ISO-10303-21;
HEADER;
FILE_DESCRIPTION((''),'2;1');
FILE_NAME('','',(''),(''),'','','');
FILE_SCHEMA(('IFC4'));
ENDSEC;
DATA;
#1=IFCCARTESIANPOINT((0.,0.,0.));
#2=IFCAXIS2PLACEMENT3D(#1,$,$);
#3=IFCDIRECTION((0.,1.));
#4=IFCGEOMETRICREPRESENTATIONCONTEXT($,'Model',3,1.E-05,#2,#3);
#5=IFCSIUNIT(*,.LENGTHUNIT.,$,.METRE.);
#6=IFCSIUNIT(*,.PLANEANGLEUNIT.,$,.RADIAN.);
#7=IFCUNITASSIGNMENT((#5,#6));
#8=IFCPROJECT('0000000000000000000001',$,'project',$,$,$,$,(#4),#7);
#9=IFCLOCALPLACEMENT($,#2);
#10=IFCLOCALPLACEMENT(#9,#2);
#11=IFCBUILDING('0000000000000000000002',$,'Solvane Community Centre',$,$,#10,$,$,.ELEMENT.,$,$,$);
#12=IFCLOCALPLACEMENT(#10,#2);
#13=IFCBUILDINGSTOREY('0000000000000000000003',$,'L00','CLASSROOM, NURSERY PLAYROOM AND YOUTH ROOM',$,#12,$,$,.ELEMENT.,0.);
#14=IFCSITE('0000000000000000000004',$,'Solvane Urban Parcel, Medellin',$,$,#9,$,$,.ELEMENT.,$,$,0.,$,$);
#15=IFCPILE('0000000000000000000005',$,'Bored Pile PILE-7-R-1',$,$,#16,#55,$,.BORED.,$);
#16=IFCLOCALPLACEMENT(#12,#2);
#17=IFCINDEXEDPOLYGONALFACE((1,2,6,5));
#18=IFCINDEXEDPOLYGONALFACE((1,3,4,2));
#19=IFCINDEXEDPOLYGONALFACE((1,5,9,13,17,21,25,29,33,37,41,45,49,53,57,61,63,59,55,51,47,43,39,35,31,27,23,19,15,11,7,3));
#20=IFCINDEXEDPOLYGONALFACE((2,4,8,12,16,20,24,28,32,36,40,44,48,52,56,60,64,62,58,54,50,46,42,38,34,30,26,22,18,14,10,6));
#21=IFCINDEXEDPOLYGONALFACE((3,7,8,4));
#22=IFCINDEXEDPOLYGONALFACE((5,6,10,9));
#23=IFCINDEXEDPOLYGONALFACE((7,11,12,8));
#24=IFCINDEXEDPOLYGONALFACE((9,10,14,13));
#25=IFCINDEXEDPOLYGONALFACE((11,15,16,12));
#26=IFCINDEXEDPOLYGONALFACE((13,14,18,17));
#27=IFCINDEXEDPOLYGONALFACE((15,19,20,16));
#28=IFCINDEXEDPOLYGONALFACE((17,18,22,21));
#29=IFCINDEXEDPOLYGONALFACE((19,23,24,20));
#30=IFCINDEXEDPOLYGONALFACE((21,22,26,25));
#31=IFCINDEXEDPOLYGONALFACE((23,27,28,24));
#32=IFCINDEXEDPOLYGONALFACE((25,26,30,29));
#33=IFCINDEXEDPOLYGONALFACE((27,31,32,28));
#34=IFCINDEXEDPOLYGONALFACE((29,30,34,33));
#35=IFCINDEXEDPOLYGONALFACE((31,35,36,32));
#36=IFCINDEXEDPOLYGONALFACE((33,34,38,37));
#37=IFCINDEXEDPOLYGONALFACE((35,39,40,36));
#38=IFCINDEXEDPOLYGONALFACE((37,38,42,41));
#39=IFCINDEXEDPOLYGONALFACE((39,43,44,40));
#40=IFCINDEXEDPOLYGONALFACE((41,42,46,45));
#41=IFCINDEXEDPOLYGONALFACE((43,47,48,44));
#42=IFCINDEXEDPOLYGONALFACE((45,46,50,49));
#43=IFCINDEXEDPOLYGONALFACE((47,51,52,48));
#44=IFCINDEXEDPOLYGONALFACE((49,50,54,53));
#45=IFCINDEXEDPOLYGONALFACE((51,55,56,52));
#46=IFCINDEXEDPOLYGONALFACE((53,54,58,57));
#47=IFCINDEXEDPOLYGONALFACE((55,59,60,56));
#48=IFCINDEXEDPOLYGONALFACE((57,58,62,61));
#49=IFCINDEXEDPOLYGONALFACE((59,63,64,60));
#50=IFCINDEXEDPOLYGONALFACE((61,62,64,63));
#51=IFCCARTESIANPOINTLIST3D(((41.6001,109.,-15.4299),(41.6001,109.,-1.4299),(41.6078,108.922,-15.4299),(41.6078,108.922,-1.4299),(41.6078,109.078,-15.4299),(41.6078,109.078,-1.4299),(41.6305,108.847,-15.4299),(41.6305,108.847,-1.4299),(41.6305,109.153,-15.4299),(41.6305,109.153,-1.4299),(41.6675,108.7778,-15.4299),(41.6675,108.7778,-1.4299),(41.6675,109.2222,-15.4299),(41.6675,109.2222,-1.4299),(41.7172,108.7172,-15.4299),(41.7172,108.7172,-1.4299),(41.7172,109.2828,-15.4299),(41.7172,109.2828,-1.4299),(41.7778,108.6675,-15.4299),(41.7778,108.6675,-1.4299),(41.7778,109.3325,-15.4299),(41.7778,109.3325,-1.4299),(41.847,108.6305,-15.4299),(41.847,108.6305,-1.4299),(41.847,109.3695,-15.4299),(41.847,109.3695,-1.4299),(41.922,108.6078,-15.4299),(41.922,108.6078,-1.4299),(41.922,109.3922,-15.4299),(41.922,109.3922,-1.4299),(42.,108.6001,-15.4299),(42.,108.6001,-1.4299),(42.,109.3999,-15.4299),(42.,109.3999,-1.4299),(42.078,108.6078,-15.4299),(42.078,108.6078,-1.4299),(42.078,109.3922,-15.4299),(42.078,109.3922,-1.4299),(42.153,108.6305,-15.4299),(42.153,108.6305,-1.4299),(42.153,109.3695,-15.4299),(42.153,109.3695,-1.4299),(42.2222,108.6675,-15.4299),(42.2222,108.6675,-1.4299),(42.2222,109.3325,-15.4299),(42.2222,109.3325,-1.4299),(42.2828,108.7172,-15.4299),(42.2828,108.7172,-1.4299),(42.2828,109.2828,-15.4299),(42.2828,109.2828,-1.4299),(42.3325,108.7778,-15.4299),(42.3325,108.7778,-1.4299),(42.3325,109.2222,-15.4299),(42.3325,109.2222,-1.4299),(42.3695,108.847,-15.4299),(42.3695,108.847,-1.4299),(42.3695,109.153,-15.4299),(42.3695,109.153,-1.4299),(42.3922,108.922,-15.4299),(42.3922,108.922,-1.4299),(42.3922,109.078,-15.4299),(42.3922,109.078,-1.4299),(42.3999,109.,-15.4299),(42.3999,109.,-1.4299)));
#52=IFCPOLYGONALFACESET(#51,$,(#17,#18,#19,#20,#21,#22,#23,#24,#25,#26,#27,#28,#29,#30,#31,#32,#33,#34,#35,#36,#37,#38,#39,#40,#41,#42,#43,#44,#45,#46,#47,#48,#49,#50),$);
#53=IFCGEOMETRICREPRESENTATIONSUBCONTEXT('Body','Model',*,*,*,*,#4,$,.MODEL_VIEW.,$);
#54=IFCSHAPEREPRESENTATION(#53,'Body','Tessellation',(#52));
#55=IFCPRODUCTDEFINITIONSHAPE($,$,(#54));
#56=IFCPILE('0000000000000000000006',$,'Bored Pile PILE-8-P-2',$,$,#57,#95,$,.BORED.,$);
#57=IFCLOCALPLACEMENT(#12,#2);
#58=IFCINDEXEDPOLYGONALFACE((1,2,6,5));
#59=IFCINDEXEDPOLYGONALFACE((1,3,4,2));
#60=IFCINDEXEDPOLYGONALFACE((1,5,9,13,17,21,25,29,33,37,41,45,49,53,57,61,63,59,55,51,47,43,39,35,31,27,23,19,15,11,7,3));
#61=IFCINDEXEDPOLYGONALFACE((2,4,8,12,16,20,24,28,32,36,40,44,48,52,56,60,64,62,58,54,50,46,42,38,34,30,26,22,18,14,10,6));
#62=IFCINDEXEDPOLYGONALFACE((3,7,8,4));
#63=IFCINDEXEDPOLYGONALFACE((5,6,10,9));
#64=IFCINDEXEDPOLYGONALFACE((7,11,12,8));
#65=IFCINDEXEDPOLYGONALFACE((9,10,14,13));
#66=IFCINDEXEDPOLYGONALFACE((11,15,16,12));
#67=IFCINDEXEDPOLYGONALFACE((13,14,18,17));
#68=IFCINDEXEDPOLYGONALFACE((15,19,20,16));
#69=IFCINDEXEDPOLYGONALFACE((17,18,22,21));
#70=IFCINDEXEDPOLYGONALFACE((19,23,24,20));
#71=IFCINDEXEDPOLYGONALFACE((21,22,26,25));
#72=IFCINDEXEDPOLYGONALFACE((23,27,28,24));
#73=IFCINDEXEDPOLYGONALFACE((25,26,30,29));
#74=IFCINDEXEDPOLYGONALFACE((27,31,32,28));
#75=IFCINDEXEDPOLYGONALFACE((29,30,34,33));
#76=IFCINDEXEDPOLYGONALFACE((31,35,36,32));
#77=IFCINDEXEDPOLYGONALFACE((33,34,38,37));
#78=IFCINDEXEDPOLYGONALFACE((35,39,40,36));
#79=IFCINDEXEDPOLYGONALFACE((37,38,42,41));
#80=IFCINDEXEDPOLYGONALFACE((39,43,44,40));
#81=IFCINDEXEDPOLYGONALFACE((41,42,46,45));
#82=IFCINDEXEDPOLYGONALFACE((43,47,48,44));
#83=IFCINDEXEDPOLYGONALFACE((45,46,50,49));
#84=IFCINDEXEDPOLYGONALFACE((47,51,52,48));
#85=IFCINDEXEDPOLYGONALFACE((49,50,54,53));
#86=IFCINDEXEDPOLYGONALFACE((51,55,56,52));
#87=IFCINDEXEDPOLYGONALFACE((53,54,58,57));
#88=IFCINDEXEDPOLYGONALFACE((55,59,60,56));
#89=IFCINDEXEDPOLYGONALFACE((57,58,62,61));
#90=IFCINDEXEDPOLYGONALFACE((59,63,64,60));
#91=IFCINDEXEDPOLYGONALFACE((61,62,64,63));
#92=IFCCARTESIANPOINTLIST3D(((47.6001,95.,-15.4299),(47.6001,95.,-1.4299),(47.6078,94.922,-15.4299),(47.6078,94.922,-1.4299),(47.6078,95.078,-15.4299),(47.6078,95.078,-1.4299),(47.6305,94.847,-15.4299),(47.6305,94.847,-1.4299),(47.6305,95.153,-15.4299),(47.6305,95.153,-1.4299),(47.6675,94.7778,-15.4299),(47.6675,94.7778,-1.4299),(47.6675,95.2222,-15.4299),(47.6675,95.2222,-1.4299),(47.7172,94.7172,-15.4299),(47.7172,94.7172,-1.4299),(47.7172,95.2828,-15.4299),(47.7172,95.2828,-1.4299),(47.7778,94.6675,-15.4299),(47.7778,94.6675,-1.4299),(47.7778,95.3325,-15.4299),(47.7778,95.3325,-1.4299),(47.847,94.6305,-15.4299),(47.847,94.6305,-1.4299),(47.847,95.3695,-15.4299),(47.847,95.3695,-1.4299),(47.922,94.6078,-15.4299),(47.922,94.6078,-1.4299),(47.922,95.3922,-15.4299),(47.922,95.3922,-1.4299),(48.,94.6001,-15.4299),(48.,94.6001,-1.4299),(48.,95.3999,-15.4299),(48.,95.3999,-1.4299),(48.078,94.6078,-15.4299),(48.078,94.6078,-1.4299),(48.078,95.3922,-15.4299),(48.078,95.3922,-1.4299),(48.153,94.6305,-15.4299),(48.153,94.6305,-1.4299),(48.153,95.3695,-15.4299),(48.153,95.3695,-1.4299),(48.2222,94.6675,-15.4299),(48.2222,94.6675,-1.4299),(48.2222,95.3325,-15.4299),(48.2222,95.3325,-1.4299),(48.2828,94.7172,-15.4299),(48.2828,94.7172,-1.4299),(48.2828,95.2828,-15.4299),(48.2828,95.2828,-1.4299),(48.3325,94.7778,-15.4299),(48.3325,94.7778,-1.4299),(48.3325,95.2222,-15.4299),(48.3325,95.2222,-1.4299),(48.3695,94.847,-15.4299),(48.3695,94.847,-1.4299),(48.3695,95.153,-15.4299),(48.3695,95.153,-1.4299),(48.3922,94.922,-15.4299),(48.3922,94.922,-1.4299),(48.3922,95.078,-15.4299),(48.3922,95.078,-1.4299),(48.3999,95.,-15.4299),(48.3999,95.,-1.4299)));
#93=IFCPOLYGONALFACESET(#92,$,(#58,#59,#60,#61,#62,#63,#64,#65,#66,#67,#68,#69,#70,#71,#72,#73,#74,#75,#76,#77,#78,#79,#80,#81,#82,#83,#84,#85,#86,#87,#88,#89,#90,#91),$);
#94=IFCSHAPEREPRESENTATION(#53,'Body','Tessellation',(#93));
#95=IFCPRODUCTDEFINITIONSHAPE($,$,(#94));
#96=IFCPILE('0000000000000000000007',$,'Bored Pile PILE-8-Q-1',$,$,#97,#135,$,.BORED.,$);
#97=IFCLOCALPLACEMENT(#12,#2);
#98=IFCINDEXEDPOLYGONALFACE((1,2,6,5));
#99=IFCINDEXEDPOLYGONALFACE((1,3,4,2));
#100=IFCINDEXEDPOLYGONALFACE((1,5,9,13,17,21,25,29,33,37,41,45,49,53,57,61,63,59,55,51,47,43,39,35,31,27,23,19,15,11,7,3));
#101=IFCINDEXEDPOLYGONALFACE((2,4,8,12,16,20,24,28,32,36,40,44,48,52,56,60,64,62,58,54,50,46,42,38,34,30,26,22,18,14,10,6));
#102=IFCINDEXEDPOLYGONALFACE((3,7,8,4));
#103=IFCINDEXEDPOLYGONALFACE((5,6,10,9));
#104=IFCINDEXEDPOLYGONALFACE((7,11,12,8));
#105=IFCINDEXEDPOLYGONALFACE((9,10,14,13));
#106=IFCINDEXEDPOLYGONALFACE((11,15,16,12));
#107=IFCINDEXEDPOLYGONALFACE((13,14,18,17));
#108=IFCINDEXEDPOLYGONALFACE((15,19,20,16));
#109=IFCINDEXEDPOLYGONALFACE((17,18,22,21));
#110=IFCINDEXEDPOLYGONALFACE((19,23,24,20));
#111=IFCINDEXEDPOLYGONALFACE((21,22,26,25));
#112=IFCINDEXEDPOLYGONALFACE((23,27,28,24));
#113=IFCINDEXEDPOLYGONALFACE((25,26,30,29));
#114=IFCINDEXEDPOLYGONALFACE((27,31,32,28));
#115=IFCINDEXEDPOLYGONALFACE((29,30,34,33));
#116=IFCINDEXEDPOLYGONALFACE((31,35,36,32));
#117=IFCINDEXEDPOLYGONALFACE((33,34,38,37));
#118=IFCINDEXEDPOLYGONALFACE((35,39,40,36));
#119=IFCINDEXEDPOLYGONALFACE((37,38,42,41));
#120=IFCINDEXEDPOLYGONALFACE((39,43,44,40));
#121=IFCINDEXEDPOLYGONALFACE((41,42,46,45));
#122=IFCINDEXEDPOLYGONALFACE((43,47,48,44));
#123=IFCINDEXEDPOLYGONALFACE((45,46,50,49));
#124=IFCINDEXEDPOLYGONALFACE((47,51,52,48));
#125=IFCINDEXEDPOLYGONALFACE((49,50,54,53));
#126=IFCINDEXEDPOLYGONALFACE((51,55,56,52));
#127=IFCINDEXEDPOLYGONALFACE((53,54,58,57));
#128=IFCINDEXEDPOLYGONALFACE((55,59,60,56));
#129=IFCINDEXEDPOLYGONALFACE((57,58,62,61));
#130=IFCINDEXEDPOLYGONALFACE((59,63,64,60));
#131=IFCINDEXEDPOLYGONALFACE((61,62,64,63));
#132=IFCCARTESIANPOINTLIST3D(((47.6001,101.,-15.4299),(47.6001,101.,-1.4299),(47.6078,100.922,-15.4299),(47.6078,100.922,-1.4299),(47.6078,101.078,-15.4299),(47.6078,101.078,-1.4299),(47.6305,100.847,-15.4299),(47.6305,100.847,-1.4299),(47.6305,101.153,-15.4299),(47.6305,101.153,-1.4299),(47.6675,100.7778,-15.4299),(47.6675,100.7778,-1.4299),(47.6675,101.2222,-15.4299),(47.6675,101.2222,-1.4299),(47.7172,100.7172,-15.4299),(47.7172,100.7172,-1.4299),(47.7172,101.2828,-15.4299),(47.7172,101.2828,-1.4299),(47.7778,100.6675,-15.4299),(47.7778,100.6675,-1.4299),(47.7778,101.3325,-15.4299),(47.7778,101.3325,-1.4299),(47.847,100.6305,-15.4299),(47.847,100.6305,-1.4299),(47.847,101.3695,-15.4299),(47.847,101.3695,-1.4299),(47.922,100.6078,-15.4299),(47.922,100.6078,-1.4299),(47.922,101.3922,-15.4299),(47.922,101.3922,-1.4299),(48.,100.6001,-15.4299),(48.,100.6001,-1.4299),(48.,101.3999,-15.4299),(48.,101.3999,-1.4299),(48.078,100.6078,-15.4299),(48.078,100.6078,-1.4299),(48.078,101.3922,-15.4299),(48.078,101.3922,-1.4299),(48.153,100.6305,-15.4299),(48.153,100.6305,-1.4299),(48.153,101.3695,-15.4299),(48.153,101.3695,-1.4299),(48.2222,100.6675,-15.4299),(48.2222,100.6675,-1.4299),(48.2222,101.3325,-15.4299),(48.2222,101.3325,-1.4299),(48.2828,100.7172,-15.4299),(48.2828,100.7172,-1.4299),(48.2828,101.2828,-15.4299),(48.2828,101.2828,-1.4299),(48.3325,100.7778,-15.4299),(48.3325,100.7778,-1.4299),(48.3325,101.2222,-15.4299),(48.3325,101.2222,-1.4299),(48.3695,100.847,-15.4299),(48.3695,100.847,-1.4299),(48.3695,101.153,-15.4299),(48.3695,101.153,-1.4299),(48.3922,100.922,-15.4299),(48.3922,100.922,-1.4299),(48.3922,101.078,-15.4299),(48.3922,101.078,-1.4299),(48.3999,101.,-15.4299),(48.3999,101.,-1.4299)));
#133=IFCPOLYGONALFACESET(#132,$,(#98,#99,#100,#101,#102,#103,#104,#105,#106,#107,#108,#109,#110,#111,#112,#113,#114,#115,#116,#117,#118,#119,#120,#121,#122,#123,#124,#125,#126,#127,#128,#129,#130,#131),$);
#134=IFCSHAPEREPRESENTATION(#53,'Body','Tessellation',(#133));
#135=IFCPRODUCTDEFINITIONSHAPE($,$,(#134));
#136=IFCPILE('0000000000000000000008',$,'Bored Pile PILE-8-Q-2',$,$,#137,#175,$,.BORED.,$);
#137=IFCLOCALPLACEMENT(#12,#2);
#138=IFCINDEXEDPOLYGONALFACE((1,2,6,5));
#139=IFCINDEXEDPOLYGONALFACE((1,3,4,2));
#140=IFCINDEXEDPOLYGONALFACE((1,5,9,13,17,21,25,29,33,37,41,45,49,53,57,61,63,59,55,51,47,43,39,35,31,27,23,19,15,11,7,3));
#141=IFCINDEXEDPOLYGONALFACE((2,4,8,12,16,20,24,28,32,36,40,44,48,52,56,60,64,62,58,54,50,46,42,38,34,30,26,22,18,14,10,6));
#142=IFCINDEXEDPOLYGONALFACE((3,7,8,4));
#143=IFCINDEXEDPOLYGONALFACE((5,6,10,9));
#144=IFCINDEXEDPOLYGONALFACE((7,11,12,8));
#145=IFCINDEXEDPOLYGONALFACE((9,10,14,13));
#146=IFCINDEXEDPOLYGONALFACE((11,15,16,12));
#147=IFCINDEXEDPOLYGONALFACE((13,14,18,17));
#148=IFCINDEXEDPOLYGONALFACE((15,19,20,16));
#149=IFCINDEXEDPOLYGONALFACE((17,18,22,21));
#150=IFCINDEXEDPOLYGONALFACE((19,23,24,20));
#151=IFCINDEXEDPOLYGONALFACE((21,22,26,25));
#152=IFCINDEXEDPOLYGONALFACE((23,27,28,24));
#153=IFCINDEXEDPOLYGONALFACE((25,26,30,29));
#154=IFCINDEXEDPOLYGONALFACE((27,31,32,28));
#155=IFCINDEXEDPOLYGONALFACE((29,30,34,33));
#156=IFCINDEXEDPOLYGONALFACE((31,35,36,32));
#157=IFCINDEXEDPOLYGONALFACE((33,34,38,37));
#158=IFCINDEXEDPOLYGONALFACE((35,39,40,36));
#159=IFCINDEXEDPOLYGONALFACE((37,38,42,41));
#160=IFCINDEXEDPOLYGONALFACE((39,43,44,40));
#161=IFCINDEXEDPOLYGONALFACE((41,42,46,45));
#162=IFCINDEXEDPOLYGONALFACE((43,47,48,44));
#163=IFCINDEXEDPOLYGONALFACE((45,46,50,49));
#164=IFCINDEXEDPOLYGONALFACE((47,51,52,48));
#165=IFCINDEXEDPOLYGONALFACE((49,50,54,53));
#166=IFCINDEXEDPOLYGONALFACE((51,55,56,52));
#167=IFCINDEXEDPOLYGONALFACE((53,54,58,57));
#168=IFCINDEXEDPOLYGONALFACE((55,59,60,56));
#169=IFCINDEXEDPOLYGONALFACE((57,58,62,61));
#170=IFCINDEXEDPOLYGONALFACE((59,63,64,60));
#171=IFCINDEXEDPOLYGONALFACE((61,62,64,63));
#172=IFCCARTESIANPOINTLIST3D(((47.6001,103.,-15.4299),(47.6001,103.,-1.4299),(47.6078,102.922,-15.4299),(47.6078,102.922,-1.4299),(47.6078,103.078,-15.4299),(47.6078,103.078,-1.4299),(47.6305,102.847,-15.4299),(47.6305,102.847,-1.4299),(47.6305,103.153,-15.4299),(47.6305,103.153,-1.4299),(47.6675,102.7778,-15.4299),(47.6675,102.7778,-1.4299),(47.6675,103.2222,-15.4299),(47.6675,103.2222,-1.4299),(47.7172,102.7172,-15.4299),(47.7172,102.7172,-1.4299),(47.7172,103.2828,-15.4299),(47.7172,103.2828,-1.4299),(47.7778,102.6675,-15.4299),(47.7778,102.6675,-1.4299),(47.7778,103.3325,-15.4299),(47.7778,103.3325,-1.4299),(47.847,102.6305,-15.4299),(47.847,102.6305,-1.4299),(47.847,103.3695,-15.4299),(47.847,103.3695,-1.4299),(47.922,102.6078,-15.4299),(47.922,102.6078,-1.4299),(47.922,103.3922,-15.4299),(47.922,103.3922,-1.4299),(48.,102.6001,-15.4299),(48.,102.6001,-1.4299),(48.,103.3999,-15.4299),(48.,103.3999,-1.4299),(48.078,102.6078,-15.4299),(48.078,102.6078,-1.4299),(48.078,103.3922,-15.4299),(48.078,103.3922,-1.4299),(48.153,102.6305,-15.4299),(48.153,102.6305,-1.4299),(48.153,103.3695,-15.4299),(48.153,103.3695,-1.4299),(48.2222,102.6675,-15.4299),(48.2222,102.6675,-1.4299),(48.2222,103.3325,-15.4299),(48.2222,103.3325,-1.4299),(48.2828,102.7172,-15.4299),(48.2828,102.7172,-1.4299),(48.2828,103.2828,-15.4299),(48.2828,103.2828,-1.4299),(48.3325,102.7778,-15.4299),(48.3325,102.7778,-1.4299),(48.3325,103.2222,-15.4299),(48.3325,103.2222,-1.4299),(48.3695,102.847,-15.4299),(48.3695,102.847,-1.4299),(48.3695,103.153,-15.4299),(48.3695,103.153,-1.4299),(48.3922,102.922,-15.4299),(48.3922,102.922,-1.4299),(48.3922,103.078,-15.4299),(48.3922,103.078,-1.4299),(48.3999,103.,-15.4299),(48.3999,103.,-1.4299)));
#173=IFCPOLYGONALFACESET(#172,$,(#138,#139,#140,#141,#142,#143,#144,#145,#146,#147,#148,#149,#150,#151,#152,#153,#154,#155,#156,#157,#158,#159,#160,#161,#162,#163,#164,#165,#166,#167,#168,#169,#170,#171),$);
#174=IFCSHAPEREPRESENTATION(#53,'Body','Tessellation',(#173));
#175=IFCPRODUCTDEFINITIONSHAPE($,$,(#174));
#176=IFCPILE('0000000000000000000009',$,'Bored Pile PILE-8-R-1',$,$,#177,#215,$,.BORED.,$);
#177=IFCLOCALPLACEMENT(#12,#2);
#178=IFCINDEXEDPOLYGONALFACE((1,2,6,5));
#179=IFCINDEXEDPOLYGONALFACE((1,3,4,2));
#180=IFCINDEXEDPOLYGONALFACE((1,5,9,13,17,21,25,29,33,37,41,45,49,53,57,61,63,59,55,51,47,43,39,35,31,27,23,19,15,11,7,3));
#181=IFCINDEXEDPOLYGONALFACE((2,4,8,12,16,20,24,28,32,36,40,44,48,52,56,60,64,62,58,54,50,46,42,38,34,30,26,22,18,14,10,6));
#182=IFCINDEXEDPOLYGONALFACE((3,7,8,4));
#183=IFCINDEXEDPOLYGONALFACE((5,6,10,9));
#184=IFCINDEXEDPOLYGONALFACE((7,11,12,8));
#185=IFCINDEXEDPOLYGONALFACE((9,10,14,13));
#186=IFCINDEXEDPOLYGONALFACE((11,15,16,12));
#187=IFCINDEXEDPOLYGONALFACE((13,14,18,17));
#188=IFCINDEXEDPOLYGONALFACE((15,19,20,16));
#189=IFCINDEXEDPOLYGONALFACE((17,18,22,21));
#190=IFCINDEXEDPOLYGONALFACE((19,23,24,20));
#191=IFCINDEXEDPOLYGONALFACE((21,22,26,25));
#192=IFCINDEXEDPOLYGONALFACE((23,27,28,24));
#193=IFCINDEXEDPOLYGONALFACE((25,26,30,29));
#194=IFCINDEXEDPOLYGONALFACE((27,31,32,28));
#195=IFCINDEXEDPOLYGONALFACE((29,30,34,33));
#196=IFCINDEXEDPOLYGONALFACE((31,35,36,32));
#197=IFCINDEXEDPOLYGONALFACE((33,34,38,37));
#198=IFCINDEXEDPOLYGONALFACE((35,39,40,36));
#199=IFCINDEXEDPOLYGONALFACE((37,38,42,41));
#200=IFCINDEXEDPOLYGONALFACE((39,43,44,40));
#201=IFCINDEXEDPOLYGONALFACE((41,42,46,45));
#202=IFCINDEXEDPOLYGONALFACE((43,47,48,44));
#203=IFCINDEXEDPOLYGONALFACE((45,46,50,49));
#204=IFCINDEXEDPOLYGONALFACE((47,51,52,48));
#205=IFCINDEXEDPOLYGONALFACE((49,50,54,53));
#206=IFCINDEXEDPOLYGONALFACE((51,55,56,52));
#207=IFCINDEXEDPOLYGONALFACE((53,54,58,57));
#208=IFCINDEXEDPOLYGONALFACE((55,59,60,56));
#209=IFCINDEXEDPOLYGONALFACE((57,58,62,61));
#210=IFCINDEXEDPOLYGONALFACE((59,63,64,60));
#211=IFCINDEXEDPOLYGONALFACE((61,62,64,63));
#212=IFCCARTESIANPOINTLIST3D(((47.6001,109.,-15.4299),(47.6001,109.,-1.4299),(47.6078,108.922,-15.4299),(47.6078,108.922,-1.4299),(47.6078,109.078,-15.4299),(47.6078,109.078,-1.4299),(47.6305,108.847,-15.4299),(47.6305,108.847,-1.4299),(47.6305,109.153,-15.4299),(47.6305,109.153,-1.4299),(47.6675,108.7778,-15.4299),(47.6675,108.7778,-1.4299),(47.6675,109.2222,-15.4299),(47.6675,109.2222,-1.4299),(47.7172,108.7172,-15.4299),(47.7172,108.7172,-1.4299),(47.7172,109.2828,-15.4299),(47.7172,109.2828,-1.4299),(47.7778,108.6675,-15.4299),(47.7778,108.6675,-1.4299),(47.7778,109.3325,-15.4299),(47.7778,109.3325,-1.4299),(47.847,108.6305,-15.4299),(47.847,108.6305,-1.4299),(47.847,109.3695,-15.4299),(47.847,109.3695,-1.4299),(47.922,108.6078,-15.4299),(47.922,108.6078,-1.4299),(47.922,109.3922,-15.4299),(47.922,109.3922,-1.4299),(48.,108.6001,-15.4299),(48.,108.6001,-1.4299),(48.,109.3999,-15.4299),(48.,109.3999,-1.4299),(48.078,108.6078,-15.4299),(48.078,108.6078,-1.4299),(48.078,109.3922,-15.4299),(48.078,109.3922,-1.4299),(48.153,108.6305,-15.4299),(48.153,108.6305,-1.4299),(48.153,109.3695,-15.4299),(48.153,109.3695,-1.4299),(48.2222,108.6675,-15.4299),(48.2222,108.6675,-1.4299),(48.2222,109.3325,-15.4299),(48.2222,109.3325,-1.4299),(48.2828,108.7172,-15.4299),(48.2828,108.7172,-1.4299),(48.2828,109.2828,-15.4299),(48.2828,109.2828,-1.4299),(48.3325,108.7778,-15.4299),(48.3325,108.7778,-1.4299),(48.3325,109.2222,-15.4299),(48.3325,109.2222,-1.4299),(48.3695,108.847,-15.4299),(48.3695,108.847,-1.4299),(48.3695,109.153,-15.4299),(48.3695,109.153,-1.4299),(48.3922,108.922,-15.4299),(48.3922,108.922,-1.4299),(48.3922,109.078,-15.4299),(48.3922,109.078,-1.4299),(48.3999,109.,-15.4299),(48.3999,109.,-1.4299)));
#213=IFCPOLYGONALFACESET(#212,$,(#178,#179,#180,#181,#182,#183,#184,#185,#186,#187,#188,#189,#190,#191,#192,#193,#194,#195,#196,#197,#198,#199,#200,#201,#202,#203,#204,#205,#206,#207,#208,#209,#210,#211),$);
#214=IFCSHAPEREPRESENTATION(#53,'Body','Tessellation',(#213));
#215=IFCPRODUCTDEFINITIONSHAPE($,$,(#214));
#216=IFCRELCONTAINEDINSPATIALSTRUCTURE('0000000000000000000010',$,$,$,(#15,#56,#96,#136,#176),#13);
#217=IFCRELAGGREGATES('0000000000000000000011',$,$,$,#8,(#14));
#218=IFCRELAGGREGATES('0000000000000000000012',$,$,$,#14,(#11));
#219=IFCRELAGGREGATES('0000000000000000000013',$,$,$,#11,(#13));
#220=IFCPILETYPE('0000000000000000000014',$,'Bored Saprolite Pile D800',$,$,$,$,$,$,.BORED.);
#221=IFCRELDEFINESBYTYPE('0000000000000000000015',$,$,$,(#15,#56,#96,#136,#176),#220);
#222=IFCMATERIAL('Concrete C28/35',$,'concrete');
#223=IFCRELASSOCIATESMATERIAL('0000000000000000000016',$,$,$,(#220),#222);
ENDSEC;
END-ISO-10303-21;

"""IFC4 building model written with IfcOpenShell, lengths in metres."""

from ifc_helpers import new_model, si_unit, direction, frame, origin, origin_2d, place, context, subcontext, project, spatial, circle, extrude, material, material_profile, profile_set, type_object, element, save


model = new_model("IFC4")

# Units and contexts
model_context = context("Model", 3, precision=1e-05, world=origin(), true_north=direction((0.0, 1.0)))
body_context = subcontext(model_context, "Body", "Model", "MODEL_VIEW")
ifc_project = project(units=[si_unit("LENGTHUNIT", "METRE"), si_unit("PLANEANGLEUNIT", "RADIAN")], contexts=[model_context])

# Site, building, storey
site_placement = place(None, origin())
site = spatial("IfcSite", under=ifc_project, at=site_placement, Name="Solvane Urban Parcel, Medellin", CompositionType="ELEMENT", RefElevation=0.0)
building_placement = place(site_placement, origin())
building = spatial("IfcBuilding", under=site, at=building_placement, Name="Solvane Community Centre", CompositionType="ELEMENT")
storey_placement = place(building_placement, origin())
storey = spatial("IfcBuildingStorey", under=building, at=storey_placement, Name="L00", Description="CLASSROOM, NURSERY PLAYROOM AND YOUTH ROOM", CompositionType="ELEMENT", Elevation=0.0)

# Piles
ifc_material_1 = material(Name="Concrete C28/35", Category="concrete")
ifc_material_profile_1 = material_profile(ifc_material_1, circle(Radius=0.3999, at=origin_2d()), Name="PILE D800")
ifc_profile_set_1 = profile_set([ifc_material_profile_1], Name="Concrete C28/35")
pile_type = type_object("IfcPileType", Name="Bored Saprolite Pile D800", PredefinedType="BORED", material=ifc_profile_set_1)
for number, where, z_axis, x_axis, name in (
    (1, (42.0, 109.0, -1.4299), (0.0, 0.0, -1.0), (1.0, 0.0, 0.0), "Bored Pile PILE-7-R-1"),
    (2, (48.0, 95.0, -1.4299), (0.0, 0.0, -1.0), (1.0, 0.0, 0.0), "Bored Pile PILE-8-P-2"),
    (3, (48.0, 101.0, -1.4299), (0.0, 0.0, -1.0), (1.0, 0.0, 0.0), "Bored Pile PILE-8-Q-1"),
    (4, (48.0, 103.0, -1.4299), (0.0, 0.0, -1.0), (1.0, 0.0, 0.0), "Bored Pile PILE-8-Q-2"),
    (5, (48.0, 109.0, -1.4299), (0.0, 0.0, -1.0), (1.0, 0.0, 0.0), "Bored Pile PILE-8-R-1"),
):
    element("IfcPile", number, at=place(storey_placement, frame(where, z_axis=z_axis, x_axis=x_axis)), inside=storey, type_object=pile_type, Name=name, PredefinedType="BORED", context=body_context, shape_type="SweptSolid", body=[
        extrude(circle(Radius=0.3999, at=origin_2d()), origin(), (0.0, 0.0, 1.0), 14.0),
    ])

save(model, "model.ifc")
